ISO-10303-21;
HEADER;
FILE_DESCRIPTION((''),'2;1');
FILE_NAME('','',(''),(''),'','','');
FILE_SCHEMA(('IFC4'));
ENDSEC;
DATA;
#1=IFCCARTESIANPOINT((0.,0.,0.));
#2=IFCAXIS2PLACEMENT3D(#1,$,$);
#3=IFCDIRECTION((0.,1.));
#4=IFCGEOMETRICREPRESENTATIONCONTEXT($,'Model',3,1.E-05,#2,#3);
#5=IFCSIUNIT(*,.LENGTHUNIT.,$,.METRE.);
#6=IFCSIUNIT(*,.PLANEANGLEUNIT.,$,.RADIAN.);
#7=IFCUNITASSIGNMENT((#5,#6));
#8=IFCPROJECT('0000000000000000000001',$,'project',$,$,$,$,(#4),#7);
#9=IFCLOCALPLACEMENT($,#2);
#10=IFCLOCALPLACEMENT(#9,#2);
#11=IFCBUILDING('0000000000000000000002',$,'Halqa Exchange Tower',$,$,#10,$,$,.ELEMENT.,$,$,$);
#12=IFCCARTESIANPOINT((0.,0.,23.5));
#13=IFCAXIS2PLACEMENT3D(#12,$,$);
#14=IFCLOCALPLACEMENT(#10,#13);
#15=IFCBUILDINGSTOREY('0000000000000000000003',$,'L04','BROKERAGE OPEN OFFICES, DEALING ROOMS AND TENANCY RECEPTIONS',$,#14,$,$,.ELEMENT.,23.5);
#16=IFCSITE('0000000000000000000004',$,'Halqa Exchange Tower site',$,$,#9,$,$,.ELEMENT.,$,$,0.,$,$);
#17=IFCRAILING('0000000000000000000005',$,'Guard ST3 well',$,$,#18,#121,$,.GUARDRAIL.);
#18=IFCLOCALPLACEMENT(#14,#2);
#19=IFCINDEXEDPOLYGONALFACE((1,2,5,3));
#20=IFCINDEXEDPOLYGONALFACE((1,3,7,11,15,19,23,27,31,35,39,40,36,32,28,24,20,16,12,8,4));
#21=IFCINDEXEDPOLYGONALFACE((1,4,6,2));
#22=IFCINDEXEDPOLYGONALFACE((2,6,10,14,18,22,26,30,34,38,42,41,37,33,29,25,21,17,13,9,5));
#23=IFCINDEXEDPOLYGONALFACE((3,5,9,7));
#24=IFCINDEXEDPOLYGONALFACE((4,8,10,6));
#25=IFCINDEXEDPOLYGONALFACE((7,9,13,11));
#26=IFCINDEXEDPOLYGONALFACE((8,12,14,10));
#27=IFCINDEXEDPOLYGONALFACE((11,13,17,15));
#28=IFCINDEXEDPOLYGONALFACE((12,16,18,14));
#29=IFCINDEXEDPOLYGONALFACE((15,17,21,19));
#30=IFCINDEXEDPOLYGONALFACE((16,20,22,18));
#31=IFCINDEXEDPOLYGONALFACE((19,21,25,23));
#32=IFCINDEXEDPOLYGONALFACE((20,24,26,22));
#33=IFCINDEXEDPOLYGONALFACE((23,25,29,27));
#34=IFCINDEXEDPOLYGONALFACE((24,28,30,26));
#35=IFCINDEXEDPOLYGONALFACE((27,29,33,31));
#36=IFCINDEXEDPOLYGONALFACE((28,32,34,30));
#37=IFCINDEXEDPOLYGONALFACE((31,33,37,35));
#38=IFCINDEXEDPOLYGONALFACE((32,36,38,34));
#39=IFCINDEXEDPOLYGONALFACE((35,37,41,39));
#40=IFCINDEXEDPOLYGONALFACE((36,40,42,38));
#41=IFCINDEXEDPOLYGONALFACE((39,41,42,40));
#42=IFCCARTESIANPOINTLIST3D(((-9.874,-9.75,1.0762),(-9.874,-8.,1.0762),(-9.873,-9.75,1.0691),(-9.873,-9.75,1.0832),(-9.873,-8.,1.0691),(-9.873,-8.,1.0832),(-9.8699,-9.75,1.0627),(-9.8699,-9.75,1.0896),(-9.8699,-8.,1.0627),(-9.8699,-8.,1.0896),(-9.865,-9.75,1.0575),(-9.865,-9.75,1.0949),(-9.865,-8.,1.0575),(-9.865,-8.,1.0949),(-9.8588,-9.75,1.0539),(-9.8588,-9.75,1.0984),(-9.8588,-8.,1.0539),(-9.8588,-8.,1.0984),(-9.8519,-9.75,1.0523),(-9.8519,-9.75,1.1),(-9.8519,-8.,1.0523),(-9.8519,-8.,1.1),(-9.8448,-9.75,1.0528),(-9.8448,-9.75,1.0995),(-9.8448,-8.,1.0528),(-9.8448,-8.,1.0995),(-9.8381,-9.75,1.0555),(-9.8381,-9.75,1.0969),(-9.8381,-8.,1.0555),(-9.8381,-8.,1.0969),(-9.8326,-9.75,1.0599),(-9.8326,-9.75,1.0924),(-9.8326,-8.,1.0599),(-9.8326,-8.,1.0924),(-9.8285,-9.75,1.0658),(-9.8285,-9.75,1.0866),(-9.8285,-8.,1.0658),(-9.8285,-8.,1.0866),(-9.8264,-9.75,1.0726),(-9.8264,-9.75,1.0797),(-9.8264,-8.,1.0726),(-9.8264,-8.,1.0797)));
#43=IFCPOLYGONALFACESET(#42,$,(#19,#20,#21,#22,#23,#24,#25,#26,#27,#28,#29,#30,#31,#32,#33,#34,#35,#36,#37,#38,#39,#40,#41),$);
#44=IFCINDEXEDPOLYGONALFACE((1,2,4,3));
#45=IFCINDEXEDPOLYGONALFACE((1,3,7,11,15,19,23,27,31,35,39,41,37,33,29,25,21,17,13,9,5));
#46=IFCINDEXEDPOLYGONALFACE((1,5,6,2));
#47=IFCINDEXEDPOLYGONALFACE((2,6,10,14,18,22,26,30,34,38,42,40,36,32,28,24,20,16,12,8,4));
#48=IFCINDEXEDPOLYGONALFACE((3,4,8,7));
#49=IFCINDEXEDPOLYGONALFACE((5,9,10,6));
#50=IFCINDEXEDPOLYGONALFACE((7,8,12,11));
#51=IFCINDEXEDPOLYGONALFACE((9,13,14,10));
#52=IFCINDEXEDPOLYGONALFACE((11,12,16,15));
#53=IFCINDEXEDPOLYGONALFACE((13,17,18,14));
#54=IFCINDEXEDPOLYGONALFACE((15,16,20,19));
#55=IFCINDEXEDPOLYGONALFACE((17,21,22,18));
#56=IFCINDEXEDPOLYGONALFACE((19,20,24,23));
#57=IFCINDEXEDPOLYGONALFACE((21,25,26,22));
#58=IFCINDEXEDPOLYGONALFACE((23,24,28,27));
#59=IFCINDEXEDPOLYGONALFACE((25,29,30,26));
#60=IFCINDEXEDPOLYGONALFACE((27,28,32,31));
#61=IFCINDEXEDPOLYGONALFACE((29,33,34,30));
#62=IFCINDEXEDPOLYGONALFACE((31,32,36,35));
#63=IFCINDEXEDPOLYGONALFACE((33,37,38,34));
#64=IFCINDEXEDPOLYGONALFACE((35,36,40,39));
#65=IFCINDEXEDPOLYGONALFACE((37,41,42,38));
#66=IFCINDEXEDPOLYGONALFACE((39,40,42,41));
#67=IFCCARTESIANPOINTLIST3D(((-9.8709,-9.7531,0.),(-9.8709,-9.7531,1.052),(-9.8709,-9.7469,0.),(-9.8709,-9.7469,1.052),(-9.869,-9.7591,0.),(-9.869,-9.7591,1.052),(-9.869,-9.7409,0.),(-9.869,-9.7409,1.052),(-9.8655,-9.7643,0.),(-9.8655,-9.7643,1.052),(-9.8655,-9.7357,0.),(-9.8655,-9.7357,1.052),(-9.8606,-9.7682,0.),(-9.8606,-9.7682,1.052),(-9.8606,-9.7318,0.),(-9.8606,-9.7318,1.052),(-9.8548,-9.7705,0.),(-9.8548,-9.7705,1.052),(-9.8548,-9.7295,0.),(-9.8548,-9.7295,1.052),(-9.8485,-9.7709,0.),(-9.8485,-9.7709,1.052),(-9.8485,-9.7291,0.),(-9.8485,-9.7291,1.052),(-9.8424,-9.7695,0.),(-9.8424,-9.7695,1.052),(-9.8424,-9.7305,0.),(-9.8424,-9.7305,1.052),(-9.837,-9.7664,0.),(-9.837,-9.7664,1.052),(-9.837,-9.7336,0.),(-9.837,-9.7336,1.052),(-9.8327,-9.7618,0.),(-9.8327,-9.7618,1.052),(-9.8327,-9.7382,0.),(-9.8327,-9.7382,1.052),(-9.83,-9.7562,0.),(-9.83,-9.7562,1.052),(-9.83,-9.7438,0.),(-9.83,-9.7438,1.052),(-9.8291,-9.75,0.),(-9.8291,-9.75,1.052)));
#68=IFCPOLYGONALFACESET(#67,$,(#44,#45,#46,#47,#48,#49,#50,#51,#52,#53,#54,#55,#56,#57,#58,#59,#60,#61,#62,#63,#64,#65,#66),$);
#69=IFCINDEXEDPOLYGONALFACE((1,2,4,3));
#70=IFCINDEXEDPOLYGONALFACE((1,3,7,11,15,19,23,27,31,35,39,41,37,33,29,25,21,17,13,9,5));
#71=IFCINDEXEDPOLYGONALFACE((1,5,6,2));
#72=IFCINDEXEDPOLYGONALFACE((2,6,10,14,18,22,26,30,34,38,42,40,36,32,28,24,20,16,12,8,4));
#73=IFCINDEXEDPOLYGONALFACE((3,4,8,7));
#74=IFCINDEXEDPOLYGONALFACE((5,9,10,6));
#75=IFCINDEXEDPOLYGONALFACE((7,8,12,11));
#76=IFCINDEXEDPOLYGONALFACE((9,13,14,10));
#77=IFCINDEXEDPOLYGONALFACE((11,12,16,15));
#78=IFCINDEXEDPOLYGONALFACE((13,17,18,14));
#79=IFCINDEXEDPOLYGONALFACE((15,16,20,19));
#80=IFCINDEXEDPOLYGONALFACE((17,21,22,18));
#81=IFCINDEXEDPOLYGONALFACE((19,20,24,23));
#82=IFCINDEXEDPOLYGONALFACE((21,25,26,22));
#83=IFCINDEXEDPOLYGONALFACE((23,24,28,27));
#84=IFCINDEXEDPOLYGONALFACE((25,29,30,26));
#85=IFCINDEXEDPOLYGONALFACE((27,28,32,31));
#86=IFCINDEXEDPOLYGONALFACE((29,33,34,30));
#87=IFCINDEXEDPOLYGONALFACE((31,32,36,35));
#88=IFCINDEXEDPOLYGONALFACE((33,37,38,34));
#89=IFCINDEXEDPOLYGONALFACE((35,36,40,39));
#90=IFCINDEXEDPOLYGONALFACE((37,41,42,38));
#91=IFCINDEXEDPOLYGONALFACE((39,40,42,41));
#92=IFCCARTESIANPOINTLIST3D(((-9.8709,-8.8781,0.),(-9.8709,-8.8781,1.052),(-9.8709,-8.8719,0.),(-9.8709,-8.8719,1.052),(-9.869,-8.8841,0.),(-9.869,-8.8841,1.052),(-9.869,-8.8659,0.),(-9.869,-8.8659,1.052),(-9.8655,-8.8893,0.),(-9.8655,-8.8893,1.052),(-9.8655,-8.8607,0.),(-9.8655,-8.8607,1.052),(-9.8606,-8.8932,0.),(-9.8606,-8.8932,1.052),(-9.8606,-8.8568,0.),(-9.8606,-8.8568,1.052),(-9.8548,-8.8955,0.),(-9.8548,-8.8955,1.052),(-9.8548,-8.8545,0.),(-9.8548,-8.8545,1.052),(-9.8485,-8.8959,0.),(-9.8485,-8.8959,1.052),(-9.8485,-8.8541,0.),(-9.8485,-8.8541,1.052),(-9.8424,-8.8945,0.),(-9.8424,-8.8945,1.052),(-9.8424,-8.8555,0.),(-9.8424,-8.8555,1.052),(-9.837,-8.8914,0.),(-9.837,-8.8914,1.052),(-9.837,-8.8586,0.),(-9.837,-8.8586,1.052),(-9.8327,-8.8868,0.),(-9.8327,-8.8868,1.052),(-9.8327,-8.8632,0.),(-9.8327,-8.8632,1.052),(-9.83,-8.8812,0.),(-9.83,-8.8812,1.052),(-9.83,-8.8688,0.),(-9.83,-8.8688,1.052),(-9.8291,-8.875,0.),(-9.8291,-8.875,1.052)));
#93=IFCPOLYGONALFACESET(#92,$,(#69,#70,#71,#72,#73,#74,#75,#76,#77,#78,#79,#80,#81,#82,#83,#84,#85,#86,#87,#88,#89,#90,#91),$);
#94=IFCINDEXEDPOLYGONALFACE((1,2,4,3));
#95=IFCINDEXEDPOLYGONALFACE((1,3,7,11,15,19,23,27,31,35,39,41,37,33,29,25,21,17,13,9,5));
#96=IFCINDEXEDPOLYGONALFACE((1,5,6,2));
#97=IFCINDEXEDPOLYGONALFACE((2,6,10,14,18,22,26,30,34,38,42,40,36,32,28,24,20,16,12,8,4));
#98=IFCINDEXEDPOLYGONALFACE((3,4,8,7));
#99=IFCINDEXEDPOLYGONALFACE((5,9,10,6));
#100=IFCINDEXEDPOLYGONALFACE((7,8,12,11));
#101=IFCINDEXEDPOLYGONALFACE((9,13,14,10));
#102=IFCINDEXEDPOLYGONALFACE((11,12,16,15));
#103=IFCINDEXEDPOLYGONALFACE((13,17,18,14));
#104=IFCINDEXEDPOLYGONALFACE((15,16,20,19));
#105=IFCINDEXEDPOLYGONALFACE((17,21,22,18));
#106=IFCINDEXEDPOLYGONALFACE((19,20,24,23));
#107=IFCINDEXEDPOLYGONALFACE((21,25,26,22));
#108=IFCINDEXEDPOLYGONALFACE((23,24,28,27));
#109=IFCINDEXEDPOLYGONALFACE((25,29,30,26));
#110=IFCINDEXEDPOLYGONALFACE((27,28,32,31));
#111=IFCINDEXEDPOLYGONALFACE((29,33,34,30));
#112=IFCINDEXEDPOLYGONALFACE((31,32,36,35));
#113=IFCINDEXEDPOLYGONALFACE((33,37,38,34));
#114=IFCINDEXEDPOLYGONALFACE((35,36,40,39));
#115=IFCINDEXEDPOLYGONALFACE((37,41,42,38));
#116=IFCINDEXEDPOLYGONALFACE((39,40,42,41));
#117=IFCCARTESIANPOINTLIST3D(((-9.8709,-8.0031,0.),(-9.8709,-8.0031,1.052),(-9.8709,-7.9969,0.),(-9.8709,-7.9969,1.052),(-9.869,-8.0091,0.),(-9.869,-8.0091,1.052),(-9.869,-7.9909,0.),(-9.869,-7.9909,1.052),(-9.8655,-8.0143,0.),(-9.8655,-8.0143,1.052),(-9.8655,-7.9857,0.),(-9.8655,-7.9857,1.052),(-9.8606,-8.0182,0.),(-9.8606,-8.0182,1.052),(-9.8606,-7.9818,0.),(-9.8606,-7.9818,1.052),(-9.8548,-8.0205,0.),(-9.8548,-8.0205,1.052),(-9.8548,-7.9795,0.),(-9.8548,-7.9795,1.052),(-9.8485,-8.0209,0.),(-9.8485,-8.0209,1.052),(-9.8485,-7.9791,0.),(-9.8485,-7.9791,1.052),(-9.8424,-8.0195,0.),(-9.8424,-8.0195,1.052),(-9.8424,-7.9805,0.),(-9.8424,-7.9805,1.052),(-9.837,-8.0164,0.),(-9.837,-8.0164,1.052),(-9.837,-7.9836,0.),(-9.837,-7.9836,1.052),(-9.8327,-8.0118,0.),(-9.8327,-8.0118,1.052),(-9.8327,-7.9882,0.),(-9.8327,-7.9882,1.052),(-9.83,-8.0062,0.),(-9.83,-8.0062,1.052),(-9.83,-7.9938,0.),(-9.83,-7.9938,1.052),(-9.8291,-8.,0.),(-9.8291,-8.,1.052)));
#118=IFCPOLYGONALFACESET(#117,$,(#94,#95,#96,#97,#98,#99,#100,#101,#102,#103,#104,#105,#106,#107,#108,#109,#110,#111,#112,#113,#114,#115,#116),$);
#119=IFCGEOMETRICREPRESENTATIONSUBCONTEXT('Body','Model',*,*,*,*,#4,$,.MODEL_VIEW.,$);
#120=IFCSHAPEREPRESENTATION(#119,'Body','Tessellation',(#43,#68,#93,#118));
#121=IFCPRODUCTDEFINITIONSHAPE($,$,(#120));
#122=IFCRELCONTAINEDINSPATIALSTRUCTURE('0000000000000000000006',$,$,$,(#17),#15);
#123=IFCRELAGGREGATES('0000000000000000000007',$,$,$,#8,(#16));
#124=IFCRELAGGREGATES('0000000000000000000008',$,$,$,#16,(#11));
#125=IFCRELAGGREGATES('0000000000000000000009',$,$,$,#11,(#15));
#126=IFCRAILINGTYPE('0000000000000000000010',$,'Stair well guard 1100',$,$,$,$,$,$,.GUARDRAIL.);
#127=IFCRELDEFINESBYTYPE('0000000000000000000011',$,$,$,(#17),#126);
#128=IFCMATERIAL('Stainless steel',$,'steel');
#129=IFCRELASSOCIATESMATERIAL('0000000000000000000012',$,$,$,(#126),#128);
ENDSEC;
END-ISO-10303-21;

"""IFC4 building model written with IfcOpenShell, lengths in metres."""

from ifc_helpers import new_model, si_unit, direction, frame, origin, origin_2d, place, context, subcontext, project, spatial, circle, extrude, material, type_object, element, save


model = new_model("IFC4")

# Units and contexts
model_context = context("Model", 3, precision=1e-05, world=origin(), true_north=direction((0.0, 1.0)))
body_context = subcontext(model_context, "Body", "Model", "MODEL_VIEW")
ifc_project = project(units=[si_unit("LENGTHUNIT", "METRE"), si_unit("PLANEANGLEUNIT", "RADIAN")], contexts=[model_context])

# Site, building, storey
site_placement = place(None, origin())
site = spatial("IfcSite", under=ifc_project, at=site_placement, Name="Halqa Exchange Tower site", CompositionType="ELEMENT", RefElevation=0.0)
building_placement = place(site_placement, origin())
building = spatial("IfcBuilding", under=site, at=building_placement, Name="Halqa Exchange Tower", CompositionType="ELEMENT")
storey_placement = place(building_placement, frame((0.0, 0.0, 23.5)))
storey = spatial("IfcBuildingStorey", under=building, at=storey_placement, Name="L04", Description="BROKERAGE OPEN OFFICES, DEALING ROOMS AND TENANCY RECEPTIONS", CompositionType="ELEMENT", Elevation=23.5)

# Railing
ifc_material_1 = material(Name="Stainless steel", Category="steel")
railing_type_1 = type_object("IfcRailingType", Name="Stair well guard 1100", PredefinedType="GUARDRAIL", material=ifc_material_1)
railing_1_placement = place(storey_placement, frame((-9.8501, -9.75, 0.0)))
element("IfcRailing", 1, at=railing_1_placement, inside=storey, type_object=railing_type_1, Name="Guard ST3 well", PredefinedType="GUARDRAIL", context=body_context, shape_type="SweptSolid", body=[
    extrude(circle(Radius=0.0239, at=origin_2d()), frame((0.0, 0.0, 1.0762), z_axis=(0.0, 1.0, 0.0), x_axis=(-1.0, 0.0, 0.0)), (0.0, 0.0, 1.0), 1.75),
    extrude(circle(Radius=0.021, at=origin_2d()), origin(), (0.0, 0.0, 1.0), 1.052),
    extrude(circle(Radius=0.021, at=origin_2d()), frame((0.0, 0.875, 0.0)), (0.0, 0.0, 1.0), 1.052),
    extrude(circle(Radius=0.021, at=origin_2d()), frame((0.0, 1.75, 0.0)), (0.0, 0.0, 1.0), 1.052),
])

save(model, "model.ifc")
